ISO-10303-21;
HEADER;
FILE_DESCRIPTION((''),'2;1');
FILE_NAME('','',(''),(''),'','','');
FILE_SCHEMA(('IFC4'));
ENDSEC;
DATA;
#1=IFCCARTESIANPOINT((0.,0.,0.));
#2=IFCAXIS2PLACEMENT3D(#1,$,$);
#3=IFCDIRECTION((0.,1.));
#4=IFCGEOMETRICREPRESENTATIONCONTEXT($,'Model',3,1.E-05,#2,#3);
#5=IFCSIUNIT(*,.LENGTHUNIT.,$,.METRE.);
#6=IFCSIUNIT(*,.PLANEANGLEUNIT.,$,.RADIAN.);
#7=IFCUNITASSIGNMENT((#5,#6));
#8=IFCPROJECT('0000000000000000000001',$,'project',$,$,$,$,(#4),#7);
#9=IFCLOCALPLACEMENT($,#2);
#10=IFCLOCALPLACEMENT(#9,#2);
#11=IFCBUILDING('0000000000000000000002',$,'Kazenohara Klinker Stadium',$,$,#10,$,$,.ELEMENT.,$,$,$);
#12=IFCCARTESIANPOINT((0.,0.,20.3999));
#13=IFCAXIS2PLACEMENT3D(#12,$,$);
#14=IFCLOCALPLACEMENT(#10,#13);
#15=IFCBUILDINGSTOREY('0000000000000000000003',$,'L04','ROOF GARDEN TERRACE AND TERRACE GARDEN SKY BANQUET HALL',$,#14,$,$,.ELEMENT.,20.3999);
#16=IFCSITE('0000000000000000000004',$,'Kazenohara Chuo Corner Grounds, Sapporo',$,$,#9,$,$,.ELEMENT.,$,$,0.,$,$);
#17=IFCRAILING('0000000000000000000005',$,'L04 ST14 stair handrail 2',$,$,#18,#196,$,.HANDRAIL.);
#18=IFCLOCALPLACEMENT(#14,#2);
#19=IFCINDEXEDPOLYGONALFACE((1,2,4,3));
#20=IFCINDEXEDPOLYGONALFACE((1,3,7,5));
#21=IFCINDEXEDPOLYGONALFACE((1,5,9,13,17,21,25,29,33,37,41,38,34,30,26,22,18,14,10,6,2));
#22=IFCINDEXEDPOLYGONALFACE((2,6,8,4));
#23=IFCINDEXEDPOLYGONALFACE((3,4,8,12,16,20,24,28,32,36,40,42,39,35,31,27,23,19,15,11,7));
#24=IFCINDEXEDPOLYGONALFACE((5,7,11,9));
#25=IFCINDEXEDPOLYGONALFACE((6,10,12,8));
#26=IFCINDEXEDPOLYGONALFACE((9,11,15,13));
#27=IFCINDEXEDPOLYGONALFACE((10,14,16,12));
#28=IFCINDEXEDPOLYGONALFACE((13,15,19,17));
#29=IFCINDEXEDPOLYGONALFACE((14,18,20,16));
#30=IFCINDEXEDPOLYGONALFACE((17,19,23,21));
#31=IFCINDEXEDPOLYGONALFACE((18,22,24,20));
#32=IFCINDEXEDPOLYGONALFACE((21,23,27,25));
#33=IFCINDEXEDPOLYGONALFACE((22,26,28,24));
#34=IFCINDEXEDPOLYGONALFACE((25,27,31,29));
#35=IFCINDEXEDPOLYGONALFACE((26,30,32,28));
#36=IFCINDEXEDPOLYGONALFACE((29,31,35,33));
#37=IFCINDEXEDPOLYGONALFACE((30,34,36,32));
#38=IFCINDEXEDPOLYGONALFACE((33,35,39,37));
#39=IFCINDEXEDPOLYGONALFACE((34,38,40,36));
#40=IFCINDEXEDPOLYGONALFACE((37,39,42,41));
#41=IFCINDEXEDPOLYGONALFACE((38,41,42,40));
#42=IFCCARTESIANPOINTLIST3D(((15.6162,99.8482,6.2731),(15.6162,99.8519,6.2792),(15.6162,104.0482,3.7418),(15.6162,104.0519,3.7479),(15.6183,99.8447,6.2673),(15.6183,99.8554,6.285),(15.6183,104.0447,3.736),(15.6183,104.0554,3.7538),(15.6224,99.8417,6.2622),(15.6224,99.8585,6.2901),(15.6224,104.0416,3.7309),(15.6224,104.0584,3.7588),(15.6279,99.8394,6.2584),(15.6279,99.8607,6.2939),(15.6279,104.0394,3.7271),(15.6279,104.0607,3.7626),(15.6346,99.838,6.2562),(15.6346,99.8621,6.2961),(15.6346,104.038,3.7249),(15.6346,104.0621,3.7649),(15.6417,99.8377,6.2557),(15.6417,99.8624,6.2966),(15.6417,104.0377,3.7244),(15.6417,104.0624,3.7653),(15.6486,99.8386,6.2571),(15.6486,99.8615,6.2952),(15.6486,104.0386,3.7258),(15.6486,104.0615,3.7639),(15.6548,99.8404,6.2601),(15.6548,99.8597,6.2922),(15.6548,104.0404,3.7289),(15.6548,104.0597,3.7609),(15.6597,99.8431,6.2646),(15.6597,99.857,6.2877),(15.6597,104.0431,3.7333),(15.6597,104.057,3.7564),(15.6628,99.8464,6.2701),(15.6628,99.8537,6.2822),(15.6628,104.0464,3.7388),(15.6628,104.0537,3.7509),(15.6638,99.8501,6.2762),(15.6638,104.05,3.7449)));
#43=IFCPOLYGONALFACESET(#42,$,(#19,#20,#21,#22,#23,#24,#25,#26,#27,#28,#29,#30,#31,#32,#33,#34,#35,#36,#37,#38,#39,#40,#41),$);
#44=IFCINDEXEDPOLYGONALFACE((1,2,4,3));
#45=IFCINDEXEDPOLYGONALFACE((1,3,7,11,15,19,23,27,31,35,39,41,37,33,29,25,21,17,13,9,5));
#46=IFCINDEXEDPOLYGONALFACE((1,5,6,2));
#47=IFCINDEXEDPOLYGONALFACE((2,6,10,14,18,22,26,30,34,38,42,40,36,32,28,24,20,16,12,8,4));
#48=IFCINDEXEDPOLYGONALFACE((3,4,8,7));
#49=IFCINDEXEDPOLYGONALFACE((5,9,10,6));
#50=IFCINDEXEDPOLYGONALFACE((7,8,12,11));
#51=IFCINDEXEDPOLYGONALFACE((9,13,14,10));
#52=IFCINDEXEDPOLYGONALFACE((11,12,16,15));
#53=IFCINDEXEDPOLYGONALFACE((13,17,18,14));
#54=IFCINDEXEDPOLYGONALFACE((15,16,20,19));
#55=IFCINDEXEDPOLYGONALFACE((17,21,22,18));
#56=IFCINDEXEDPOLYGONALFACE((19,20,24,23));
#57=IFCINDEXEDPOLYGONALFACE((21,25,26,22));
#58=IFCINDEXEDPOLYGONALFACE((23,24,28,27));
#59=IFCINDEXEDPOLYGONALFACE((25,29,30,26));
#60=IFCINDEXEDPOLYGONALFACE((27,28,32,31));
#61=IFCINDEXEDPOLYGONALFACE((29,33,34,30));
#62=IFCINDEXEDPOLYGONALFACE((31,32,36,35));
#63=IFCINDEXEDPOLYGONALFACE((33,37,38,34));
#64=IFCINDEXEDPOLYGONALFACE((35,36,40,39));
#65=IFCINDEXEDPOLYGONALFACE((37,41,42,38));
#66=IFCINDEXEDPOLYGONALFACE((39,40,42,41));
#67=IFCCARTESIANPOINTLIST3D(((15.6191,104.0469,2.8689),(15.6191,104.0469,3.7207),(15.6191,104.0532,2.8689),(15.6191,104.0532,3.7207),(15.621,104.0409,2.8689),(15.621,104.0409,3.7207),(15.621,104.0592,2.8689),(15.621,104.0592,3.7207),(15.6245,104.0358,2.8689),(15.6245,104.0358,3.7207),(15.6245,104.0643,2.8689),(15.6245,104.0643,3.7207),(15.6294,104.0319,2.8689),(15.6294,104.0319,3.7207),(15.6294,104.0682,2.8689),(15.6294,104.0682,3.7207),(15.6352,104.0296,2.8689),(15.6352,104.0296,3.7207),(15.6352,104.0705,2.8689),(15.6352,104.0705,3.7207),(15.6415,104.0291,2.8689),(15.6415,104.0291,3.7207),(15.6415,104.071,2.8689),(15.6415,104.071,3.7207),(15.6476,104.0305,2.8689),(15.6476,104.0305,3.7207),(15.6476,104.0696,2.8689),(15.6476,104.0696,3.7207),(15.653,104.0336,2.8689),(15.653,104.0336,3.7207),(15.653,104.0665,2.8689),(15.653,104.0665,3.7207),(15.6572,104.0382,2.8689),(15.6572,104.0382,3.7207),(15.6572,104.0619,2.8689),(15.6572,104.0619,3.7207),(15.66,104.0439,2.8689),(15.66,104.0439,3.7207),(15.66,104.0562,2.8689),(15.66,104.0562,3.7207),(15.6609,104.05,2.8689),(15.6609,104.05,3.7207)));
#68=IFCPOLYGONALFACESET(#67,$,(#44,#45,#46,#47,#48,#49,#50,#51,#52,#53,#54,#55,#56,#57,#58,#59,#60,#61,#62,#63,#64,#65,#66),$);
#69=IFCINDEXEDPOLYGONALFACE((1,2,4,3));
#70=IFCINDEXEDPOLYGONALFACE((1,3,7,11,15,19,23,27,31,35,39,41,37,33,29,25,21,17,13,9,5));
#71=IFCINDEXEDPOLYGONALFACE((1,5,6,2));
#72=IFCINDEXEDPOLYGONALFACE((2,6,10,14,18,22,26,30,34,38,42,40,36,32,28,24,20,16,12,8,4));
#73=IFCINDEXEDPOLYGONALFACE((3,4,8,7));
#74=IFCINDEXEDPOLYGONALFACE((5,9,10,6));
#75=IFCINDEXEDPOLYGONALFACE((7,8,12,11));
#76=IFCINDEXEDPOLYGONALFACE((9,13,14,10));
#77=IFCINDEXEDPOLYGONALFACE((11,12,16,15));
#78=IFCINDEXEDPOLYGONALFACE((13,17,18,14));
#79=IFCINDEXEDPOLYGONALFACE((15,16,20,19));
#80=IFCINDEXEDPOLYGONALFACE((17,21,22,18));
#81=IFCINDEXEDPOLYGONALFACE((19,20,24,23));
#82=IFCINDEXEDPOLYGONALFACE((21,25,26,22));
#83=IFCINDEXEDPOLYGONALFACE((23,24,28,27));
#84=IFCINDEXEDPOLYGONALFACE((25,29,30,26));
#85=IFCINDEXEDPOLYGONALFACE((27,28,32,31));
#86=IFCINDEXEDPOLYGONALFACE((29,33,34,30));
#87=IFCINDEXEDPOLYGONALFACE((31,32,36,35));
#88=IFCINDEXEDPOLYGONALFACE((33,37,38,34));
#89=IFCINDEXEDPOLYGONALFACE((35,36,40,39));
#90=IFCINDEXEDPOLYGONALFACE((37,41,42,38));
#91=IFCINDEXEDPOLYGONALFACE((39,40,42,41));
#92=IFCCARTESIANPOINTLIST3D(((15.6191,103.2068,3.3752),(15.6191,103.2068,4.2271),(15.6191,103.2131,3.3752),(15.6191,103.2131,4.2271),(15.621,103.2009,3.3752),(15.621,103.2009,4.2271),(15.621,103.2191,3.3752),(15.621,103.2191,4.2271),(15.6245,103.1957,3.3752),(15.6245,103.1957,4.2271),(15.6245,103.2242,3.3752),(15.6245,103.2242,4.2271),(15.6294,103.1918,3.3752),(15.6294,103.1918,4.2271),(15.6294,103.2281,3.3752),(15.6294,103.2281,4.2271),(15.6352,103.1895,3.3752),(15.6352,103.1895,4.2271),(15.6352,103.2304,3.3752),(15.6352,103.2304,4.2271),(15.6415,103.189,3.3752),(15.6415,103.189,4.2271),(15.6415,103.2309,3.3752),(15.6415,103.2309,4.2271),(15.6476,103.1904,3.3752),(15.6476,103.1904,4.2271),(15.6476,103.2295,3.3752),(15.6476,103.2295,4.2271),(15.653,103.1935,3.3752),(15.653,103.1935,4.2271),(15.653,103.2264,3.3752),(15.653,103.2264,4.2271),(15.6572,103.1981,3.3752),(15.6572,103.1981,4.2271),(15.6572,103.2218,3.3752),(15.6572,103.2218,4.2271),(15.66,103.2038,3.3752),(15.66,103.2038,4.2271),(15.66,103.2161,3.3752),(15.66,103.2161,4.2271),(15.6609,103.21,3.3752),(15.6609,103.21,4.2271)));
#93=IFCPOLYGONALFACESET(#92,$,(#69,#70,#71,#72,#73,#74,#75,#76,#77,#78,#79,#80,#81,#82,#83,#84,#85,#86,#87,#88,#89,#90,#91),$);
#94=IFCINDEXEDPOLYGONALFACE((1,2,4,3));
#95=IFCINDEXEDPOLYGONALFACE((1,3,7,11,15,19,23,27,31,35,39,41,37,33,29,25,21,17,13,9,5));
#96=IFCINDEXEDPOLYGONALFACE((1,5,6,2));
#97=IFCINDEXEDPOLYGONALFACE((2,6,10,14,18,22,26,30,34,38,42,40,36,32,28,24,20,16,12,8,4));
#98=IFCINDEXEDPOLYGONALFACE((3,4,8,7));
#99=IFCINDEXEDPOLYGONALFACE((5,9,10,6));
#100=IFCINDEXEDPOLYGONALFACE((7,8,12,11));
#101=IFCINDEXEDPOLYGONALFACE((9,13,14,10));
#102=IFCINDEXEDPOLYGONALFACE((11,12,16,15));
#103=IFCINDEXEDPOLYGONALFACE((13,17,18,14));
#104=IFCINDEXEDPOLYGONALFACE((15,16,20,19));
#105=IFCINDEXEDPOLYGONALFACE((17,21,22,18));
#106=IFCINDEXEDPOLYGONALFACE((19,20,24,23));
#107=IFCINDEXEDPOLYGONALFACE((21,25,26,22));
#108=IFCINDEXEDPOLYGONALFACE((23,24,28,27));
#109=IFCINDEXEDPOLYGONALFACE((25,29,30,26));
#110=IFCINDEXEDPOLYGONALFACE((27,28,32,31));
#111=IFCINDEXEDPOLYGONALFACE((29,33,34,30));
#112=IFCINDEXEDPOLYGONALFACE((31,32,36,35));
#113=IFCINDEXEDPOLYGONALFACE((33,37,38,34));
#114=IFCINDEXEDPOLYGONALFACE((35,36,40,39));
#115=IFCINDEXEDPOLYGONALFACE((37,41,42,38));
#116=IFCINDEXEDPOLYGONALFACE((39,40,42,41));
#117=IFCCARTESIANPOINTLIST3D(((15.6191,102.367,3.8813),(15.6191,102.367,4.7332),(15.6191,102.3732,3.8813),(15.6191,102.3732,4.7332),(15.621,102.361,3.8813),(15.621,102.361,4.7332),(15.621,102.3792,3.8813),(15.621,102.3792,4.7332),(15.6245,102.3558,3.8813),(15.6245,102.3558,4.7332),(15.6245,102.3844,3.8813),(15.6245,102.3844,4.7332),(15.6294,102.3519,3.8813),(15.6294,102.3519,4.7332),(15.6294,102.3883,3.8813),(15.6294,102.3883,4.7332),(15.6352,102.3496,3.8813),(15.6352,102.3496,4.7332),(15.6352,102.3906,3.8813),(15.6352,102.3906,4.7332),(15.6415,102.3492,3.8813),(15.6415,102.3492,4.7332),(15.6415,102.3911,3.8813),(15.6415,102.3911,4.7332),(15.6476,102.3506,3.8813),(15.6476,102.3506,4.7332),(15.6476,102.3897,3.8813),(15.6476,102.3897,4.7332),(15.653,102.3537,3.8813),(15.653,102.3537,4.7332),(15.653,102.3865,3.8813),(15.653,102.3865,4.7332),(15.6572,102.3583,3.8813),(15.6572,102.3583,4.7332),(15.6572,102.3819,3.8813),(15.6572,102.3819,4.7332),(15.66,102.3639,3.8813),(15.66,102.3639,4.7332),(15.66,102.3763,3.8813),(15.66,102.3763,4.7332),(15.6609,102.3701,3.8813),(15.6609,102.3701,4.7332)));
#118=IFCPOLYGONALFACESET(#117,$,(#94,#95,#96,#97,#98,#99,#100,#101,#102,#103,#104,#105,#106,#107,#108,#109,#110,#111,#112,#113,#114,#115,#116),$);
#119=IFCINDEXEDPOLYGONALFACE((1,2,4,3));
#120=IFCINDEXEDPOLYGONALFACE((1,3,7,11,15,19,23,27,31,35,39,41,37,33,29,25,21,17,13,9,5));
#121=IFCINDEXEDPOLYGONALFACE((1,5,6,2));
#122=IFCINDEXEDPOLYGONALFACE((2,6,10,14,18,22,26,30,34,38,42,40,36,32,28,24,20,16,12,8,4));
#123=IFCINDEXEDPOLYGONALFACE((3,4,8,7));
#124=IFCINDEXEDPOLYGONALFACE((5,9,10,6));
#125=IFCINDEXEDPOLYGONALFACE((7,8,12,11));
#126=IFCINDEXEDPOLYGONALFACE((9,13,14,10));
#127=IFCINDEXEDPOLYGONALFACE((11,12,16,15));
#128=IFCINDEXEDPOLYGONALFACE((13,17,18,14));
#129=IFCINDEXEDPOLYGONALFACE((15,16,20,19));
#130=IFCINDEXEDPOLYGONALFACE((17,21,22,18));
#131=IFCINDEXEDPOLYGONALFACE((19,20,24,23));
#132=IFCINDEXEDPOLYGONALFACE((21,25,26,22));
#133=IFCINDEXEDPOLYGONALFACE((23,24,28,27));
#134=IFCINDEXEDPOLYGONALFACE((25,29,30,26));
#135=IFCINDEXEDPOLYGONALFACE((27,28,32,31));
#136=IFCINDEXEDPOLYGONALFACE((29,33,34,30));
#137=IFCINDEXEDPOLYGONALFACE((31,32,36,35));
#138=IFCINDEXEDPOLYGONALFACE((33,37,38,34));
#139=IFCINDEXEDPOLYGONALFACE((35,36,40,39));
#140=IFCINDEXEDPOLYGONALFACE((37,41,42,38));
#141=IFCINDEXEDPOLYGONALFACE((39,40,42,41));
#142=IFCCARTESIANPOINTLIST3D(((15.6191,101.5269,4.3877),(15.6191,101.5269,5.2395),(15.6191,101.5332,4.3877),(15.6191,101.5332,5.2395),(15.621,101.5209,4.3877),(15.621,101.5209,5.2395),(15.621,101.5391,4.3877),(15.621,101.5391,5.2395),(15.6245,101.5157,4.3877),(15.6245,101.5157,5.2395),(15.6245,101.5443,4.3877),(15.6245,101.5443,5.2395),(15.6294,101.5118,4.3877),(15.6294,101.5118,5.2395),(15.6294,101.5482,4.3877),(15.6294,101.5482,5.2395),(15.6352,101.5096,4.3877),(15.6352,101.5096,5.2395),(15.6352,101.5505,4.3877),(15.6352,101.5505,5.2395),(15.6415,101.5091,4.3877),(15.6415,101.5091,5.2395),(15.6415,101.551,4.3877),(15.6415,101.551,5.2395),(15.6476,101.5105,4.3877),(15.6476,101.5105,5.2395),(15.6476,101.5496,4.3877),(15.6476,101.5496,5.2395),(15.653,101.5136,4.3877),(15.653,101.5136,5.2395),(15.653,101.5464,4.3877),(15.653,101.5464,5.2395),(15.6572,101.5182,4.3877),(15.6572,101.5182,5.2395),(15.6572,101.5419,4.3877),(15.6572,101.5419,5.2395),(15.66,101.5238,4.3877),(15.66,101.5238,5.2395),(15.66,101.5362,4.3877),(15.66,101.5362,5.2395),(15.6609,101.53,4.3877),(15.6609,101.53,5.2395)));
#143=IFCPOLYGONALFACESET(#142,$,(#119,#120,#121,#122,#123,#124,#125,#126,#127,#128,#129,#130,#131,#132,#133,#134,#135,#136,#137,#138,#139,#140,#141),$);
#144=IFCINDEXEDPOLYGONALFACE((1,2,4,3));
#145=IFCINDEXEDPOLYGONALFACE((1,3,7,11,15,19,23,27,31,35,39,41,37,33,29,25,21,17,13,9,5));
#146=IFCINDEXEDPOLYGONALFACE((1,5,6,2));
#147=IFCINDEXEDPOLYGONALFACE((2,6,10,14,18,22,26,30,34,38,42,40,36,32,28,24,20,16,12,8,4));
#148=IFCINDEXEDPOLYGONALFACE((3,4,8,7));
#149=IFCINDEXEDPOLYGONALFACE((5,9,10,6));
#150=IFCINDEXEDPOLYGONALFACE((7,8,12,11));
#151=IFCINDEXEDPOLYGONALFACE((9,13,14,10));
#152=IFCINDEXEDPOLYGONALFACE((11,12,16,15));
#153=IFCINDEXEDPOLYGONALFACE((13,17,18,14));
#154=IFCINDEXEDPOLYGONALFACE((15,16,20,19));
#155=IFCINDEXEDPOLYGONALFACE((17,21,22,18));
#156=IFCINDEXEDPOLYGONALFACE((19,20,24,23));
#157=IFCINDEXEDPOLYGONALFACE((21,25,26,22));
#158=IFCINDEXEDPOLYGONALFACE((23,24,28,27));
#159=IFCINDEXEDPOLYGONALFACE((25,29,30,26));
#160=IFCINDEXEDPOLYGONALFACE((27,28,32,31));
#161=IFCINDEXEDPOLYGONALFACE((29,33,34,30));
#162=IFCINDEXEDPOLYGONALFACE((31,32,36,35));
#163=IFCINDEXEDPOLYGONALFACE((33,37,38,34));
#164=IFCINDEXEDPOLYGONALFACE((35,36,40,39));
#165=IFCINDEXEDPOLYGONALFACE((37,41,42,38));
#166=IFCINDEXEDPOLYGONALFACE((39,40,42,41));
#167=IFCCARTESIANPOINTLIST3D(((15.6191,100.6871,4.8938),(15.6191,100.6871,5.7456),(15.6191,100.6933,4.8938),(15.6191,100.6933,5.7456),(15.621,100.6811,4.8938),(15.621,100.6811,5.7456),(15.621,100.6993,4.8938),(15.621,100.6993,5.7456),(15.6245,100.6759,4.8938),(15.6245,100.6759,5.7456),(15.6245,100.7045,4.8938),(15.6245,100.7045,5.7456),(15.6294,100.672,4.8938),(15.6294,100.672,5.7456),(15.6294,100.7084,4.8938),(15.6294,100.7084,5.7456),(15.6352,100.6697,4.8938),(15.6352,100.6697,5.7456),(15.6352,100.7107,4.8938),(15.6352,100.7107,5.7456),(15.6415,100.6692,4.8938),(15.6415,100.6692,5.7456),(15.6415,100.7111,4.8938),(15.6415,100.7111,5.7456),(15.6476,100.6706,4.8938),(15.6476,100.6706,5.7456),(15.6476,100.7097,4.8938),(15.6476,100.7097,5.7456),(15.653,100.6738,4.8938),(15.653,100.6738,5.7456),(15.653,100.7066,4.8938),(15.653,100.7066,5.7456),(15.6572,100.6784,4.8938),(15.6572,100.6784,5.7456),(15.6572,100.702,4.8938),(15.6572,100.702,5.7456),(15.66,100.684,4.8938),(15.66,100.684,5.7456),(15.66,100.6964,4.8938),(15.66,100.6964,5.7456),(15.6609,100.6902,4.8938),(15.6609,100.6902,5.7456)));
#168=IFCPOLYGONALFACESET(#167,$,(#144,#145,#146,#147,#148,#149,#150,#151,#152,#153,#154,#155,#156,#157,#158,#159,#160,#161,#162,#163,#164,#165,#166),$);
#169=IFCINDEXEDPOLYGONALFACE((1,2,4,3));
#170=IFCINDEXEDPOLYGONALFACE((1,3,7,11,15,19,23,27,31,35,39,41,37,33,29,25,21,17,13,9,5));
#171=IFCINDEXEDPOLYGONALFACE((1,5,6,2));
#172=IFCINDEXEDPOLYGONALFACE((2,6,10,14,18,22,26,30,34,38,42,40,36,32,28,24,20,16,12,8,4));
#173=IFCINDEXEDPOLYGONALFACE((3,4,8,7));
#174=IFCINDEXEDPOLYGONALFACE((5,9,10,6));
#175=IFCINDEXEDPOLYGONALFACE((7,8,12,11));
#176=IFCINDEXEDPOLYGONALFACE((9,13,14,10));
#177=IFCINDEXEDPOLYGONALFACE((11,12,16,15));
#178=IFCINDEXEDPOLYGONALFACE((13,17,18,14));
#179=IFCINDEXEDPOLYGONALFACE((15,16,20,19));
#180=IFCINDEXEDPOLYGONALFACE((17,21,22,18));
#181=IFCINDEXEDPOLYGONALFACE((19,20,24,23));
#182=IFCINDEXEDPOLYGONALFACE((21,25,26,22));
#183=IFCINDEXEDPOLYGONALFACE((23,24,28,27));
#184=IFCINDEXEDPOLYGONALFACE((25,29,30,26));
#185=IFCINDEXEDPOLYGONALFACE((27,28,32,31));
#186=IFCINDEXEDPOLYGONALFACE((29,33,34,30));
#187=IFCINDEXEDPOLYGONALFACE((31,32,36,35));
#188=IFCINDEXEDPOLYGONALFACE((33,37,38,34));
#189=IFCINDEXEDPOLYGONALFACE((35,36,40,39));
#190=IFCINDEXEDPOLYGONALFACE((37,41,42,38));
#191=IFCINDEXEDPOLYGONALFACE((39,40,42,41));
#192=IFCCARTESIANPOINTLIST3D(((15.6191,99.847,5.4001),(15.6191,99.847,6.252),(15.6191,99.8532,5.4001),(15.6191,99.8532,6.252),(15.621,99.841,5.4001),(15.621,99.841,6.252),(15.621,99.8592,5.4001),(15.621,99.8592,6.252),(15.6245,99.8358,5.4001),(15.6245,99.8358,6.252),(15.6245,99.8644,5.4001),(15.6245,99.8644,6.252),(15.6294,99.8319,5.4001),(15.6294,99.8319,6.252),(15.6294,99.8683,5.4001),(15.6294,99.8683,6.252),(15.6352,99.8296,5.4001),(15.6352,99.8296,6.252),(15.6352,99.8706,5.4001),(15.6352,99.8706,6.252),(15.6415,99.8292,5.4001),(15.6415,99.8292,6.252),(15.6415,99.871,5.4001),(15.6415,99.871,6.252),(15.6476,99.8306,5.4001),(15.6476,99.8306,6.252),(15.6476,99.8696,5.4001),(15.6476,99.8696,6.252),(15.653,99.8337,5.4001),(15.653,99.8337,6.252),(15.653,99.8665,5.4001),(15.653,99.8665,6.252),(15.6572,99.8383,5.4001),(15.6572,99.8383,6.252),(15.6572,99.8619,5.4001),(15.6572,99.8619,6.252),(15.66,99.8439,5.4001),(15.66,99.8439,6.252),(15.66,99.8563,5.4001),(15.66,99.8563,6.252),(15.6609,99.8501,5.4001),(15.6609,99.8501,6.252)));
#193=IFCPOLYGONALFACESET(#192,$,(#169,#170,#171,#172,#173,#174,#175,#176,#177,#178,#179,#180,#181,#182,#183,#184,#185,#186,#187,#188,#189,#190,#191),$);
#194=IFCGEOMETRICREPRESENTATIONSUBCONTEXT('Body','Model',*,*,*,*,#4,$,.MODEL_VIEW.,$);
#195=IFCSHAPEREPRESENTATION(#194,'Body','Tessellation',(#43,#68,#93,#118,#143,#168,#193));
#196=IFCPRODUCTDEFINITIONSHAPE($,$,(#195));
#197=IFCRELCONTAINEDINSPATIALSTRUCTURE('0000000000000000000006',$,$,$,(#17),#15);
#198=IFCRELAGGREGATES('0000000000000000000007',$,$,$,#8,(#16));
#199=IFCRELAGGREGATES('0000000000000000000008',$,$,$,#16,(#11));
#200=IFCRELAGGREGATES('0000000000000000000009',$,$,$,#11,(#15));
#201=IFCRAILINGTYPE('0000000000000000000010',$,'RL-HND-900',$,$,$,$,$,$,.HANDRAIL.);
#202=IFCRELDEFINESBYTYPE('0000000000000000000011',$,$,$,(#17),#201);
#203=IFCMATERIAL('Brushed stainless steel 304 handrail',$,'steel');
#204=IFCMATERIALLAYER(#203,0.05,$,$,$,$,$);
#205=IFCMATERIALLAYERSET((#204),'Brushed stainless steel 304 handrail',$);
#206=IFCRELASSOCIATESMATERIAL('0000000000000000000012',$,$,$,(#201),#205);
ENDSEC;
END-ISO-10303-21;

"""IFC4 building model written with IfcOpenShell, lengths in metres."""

from ifc_helpers import new_model, si_unit, direction, frame, origin, origin_2d, place, context, subcontext, project, spatial, circle, extrude, material, layer, layer_set, type_object, element, save


model = new_model("IFC4")

# Units and contexts
model_context = context("Model", 3, precision=1e-05, world=origin(), true_north=direction((0.0, 1.0)))
body_context = subcontext(model_context, "Body", "Model", "MODEL_VIEW")
ifc_project = project(units=[si_unit("LENGTHUNIT", "METRE"), si_unit("PLANEANGLEUNIT", "RADIAN")], contexts=[model_context])

# Site, building, storey
site_placement = place(None, origin())
site = spatial("IfcSite", under=ifc_project, at=site_placement, Name="Kazenohara Chuo Corner Grounds, Sapporo", CompositionType="ELEMENT", RefElevation=0.0)
building_placement = place(site_placement, origin())
building = spatial("IfcBuilding", under=site, at=building_placement, Name="Kazenohara Klinker Stadium", CompositionType="ELEMENT")
storey_placement = place(building_placement, frame((0.0, 0.0, 20.3999)))
storey = spatial("IfcBuildingStorey", under=building, at=storey_placement, Name="L04", Description="ROOF GARDEN TERRACE AND TERRACE GARDEN SKY BANQUET HALL", CompositionType="ELEMENT", Elevation=20.3999)

# Railing
ifc_material_1 = material(Name="Brushed stainless steel 304 handrail", Category="steel")
ifc_layer_1 = layer(ifc_material_1, 0.05)
ifc_layer_set_1 = layer_set([ifc_layer_1], Name="Brushed stainless steel 304 handrail")
railing_type_1 = type_object("IfcRailingType", Name="RL-HND-900", PredefinedType="HANDRAIL", material=ifc_layer_set_1)
railing_1_placement = place(storey_placement, frame((15.6399, 104.05, 2.8689)))
element("IfcRailing", 1, at=railing_1_placement, inside=storey, type_object=railing_type_1, Name="L04 ST14 stair handrail 2", PredefinedType="HANDRAIL", context=body_context, shape_type="SweptSolid", body=[
    extrude(circle(Radius=0.0239, at=origin_2d()), frame((0.0, 0.0, 0.876), z_axis=(0.0, -0.856476, 0.516186), x_axis=(1.0, 0.0, 0.0)), (0.0, 0.0, 1.0), 4.9038),
    extrude(circle(Radius=0.021, at=origin_2d()), origin(), (0.0, 0.0, 1.0), 0.8518),
    extrude(circle(Radius=0.021, at=origin_2d()), frame((0.0, -0.8401, 0.5063)), (0.0, 0.0, 1.0), 0.8518),
    extrude(circle(Radius=0.021, at=origin_2d()), frame((0.0, -1.6799, 1.0125)), (0.0, 0.0, 1.0), 0.8518),
    extrude(circle(Radius=0.021, at=origin_2d()), frame((0.0, -2.52, 1.5188)), (0.0, 0.0, 1.0), 0.8518),
    extrude(circle(Radius=0.021, at=origin_2d()), frame((0.0, -3.3599, 2.0249)), (0.0, 0.0, 1.0), 0.8518),
    extrude(circle(Radius=0.021, at=origin_2d()), frame((0.0, -4.2, 2.5312)), (0.0, 0.0, 1.0), 0.8518),
])

save(model, "model.ifc")
